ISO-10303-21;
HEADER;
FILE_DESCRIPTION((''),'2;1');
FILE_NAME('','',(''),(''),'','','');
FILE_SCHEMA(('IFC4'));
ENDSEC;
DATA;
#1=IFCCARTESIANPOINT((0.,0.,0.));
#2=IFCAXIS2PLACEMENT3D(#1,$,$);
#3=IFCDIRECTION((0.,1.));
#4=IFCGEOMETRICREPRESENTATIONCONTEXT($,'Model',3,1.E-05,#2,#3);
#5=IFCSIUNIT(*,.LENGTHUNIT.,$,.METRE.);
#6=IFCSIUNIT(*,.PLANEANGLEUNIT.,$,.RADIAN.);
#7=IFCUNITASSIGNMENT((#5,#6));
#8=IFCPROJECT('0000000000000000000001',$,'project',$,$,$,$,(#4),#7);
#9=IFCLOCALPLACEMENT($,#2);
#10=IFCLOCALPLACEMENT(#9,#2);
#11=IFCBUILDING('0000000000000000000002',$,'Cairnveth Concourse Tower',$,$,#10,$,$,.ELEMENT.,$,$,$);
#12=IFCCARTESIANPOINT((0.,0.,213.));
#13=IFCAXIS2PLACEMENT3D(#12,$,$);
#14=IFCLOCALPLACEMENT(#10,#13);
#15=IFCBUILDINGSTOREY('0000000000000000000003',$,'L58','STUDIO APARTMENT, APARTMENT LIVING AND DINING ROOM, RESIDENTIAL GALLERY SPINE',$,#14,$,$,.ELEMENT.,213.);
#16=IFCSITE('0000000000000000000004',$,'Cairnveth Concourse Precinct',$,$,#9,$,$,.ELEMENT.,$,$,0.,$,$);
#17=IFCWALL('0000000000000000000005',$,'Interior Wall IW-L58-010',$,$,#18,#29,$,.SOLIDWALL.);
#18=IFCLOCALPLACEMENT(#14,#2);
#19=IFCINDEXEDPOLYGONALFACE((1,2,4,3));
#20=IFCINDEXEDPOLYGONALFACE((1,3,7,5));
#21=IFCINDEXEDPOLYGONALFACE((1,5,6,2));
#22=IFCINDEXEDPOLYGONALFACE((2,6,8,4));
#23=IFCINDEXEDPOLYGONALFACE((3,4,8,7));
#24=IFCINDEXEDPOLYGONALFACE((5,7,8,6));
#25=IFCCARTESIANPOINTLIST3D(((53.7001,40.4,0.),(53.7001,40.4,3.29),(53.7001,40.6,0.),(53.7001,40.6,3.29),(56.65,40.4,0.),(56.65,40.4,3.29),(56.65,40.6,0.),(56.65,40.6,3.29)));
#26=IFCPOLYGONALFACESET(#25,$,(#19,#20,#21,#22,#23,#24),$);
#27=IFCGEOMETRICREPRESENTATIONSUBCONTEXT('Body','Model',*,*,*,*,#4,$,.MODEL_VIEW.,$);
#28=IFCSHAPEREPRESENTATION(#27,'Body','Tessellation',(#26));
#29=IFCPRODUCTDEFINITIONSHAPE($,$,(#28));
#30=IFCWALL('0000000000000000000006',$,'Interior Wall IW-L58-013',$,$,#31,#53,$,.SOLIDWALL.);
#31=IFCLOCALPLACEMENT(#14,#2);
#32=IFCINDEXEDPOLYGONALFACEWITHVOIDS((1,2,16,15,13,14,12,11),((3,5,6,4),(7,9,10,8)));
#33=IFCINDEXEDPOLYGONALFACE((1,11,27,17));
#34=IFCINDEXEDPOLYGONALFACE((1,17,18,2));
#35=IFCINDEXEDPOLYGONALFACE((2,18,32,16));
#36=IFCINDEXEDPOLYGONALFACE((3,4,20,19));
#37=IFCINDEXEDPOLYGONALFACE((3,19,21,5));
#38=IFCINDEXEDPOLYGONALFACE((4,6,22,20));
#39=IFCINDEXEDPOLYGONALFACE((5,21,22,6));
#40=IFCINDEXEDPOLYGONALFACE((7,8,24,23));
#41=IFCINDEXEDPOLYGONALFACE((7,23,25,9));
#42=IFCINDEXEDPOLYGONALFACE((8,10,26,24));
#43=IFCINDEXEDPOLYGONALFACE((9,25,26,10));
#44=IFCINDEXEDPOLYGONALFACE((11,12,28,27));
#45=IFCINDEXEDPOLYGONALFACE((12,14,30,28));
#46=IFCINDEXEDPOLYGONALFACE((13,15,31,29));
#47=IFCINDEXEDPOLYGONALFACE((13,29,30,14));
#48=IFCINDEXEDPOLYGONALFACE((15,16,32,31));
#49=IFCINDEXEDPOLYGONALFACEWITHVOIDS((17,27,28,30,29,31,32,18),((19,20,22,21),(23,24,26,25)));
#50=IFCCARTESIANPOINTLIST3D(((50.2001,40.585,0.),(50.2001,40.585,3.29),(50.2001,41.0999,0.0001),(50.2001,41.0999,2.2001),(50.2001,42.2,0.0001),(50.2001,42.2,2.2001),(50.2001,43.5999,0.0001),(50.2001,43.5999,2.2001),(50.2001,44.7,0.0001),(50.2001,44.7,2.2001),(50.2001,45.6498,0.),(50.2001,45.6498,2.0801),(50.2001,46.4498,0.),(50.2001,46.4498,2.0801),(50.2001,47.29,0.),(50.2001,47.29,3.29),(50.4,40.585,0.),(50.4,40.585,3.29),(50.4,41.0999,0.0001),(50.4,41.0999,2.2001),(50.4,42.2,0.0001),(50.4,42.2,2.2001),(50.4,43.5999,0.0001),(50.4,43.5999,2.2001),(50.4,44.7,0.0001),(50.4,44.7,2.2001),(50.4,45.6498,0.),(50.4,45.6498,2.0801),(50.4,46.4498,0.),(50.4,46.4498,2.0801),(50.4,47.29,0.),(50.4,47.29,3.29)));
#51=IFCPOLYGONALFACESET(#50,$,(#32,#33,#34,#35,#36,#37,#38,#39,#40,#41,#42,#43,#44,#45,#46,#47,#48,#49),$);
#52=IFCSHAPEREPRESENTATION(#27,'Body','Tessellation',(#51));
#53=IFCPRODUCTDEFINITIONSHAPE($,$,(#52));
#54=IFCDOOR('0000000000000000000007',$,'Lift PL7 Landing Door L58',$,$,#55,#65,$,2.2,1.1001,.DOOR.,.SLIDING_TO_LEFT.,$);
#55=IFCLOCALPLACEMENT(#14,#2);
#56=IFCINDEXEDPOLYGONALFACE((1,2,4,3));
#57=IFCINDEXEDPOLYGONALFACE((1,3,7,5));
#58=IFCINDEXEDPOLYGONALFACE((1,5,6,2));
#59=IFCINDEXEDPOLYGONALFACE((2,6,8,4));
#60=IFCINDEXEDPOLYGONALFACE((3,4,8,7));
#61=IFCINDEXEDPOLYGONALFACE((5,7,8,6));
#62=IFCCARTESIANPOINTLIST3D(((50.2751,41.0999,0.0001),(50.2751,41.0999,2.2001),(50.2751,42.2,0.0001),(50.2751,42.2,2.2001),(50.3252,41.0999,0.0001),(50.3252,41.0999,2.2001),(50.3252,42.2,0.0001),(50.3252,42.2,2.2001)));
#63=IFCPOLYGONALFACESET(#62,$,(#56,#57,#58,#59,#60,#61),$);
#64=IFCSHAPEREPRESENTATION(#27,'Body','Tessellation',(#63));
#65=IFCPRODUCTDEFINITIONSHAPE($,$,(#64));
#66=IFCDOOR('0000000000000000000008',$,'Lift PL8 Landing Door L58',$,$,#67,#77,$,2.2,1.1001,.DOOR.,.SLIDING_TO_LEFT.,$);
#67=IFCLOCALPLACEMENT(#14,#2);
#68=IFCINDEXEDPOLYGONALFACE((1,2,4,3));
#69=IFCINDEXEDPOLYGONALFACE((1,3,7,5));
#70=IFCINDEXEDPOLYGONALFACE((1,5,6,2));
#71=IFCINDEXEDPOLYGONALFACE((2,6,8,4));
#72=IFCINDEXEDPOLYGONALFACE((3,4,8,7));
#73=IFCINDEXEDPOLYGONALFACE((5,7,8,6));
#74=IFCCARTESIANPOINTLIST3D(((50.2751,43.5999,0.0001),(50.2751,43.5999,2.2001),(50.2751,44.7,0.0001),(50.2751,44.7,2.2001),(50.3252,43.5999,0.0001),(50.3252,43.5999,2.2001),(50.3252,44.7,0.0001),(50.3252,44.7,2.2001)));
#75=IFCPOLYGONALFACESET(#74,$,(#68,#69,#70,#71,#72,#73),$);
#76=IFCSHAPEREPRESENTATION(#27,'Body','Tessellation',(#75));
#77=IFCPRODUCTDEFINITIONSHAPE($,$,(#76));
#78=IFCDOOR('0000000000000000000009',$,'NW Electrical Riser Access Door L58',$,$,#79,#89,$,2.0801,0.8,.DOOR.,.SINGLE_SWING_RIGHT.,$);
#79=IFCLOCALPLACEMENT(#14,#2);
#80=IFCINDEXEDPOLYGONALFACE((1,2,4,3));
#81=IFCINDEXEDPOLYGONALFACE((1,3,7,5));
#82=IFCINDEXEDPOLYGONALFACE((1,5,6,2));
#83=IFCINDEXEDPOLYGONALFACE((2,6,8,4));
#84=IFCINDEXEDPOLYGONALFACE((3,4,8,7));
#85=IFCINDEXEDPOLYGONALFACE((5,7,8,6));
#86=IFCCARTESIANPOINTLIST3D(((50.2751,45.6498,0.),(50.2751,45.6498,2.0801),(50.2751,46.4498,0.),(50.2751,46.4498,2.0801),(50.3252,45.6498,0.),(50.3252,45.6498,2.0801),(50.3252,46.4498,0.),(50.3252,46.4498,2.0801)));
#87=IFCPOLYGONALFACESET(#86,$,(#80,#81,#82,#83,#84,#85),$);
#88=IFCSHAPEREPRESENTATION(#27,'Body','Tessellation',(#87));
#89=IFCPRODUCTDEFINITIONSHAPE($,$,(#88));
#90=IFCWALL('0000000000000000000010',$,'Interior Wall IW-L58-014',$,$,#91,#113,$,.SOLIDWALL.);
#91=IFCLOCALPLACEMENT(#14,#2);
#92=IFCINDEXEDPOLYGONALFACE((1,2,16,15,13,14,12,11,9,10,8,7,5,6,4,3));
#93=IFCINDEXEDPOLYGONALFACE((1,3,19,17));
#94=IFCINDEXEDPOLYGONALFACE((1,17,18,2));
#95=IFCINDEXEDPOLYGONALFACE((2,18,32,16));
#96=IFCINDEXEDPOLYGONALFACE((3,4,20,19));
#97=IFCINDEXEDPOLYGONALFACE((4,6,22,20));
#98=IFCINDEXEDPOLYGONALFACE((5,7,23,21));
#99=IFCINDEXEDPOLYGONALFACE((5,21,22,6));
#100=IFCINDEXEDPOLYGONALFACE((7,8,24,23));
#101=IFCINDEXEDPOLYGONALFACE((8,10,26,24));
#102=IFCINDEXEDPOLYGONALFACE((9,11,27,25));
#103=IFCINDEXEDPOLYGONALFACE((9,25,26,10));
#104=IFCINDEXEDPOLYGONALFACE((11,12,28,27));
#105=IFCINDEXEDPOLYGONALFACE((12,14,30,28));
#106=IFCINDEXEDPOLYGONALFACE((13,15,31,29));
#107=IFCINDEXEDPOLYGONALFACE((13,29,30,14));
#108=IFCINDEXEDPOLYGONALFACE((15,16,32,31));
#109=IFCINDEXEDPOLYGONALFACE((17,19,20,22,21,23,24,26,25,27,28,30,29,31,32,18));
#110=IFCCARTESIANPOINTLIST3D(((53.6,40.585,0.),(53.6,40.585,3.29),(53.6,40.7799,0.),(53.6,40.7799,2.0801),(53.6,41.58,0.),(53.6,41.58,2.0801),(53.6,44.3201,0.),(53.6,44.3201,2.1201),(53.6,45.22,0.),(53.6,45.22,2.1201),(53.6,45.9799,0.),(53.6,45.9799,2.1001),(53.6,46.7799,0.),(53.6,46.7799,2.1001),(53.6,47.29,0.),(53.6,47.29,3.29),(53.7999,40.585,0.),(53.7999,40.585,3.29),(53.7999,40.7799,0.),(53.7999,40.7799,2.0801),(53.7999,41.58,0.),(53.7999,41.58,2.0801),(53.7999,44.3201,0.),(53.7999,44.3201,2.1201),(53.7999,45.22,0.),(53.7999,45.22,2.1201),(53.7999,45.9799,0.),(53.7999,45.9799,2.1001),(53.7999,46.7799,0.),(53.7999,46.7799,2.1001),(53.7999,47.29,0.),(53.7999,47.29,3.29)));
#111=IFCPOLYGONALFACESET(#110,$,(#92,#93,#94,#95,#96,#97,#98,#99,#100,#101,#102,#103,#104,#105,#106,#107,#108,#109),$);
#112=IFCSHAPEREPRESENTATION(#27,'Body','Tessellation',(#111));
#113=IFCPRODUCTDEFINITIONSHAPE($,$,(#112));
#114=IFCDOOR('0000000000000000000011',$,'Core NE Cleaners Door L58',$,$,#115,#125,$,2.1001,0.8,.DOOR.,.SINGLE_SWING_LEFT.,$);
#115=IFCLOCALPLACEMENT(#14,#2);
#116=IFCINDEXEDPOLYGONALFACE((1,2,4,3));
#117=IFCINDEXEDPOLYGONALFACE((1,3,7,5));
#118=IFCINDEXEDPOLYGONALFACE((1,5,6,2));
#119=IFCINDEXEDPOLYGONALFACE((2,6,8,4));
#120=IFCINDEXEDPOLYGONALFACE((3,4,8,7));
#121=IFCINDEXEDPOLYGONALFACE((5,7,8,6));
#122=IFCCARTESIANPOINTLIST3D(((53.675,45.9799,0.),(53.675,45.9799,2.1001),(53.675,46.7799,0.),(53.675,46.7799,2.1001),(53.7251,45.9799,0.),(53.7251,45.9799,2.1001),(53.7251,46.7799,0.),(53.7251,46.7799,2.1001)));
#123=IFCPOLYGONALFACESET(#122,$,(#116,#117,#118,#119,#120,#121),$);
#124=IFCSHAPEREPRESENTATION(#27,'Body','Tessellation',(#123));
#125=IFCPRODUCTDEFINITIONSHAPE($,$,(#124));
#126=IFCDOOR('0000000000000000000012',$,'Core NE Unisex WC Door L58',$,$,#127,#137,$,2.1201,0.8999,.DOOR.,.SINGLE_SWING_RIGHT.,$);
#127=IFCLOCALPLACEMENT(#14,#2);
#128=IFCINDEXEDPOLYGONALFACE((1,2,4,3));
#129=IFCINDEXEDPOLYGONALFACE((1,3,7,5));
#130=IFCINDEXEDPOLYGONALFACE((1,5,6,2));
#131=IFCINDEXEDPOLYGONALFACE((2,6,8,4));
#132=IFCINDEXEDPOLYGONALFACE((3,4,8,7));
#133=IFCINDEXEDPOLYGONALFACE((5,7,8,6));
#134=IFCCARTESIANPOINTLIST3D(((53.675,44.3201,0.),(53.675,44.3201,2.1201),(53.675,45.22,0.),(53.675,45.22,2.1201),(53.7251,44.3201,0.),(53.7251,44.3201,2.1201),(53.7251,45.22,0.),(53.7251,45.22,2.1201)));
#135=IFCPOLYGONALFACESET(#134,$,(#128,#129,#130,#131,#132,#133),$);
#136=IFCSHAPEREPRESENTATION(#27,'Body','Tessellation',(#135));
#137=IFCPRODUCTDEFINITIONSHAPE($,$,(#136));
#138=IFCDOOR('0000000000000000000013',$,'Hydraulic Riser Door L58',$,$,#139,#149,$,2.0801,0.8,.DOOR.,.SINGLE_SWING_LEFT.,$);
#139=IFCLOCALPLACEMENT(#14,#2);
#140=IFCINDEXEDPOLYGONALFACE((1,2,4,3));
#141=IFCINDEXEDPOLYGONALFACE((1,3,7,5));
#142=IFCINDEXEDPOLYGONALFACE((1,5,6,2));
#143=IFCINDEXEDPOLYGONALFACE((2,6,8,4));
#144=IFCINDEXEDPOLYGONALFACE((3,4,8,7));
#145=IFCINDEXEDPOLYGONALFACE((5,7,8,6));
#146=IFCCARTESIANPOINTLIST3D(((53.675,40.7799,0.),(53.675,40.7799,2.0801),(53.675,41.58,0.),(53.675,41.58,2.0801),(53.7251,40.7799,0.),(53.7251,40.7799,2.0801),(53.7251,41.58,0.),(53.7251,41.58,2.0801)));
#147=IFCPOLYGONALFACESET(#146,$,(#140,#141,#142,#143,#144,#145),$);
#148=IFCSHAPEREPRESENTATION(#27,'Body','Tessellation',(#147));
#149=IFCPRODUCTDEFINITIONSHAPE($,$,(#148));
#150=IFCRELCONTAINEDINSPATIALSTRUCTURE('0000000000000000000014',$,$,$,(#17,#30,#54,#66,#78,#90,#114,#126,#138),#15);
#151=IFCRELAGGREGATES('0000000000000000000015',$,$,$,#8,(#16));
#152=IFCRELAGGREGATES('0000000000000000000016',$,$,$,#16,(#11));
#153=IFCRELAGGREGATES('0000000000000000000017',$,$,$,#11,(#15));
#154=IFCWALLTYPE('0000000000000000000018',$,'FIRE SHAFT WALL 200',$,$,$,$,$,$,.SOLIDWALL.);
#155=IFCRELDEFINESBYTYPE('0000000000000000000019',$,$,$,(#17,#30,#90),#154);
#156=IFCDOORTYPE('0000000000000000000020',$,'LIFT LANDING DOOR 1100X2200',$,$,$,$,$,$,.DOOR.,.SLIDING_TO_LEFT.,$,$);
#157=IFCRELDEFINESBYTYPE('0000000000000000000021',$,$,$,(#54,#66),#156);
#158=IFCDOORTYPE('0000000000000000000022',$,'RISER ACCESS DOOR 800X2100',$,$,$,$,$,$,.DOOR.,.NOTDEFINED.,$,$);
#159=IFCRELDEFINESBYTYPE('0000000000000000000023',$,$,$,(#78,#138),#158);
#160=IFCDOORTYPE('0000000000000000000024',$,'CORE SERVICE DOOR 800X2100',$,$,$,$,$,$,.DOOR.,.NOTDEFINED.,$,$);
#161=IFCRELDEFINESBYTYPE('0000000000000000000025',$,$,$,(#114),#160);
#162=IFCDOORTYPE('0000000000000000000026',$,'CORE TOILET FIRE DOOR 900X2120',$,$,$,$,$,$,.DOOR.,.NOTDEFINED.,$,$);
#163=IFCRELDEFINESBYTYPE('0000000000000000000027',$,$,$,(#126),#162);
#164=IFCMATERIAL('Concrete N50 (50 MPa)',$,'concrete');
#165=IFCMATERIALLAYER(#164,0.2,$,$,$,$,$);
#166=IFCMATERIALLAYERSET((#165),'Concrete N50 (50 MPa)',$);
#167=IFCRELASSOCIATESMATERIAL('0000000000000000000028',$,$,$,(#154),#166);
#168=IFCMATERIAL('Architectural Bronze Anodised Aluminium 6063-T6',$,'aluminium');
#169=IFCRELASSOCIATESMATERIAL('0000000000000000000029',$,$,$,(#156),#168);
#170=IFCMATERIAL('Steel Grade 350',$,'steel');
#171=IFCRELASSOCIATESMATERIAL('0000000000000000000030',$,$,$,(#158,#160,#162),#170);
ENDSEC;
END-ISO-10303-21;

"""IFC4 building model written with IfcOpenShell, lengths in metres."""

from ifc_helpers import new_model, si_unit, direction, frame, frame_2d, origin, place, context, subcontext, project, spatial, rectangle, extrude, material, layer, layer_set, type_object, element, fill, save


model = new_model("IFC4")

# Units and contexts
model_context = context("Model", 3, precision=1e-05, world=origin(), true_north=direction((0.0, 1.0)))
body_context = subcontext(model_context, "Body", "Model", "MODEL_VIEW")
ifc_project = project(units=[si_unit("LENGTHUNIT", "METRE"), si_unit("PLANEANGLEUNIT", "RADIAN")], contexts=[model_context])

# Site, building, storey
site_placement = place(None, origin())
site = spatial("IfcSite", under=ifc_project, at=site_placement, Name="Cairnveth Concourse Precinct", CompositionType="ELEMENT", RefElevation=0.0)
building_placement = place(site_placement, origin())
building = spatial("IfcBuilding", under=site, at=building_placement, Name="Cairnveth Concourse Tower", CompositionType="ELEMENT")
storey_placement = place(building_placement, frame((0.0, 0.0, 213.0)))
storey = spatial("IfcBuildingStorey", under=building, at=storey_placement, Name="L58", Description="STUDIO APARTMENT, APARTMENT LIVING AND DINING ROOM, RESIDENTIAL GALLERY SPINE", CompositionType="ELEMENT", Elevation=213.0)

# Shared definitions
ifc_material_1 = material(Name="Steel Grade 350", Category="steel")

# Wall
ifc_material_2 = material(Name="Concrete N50 (50 MPa)", Category="concrete")
ifc_layer_1 = layer(ifc_material_2, 0.2)
ifc_layer_set_1 = layer_set([ifc_layer_1], Name="Concrete N50 (50 MPa)")
wall_type_1 = type_object("IfcWallType", Name="FIRE SHAFT WALL 200", PredefinedType="SOLIDWALL", material=ifc_layer_set_1)
wall_1_placement = place(storey_placement, frame((53.7, 40.5, 0.0), z_axis=(0.0, 0.0, 1.0), x_axis=(1.0, 0.0, 0.0)))
element("IfcWall", 1, at=wall_1_placement, inside=storey, type_object=wall_type_1, Name="Interior Wall IW-L58-010", PredefinedType="SOLIDWALL", context=body_context, shape_type="SweptSolid", body=[
    extrude(rectangle(XDim=2.95, YDim=0.2, at=frame_2d((1.4751, 0.0))), origin(), (0.0, 0.0, 1.0), 3.29),
])

# Walls, openings, doors
wall_2_placement = place(storey_placement, frame((50.3, 40.585, 0.0), z_axis=(0.0, 0.0, 1.0), x_axis=(0.0, 1.0, 0.0)))
wall_2 = element("IfcWall", 2, at=wall_2_placement, inside=storey, type_object=wall_type_1, Name="Interior Wall IW-L58-013", PredefinedType="SOLIDWALL", context=body_context, shape_type="SweptSolid", body=[
    extrude(rectangle(XDim=6.7051, YDim=0.2, at=frame_2d((3.3525, 0.0))), origin(), (0.0, 0.0, 1.0), 3.29),
])
opening_1_placement = place(wall_2_placement, frame((0.5149, 0.0, 0.0)))
opening_1 = element("IfcOpeningElement", 3, at=opening_1_placement, cuts=wall_2, PredefinedType="OPENING", context=body_context, shape_type="SweptSolid", body=[
    extrude(rectangle(XDim=1.1001, YDim=2.2, at=frame_2d((0.55, 1.1001))), frame((0.0, 0.1099, 0.0), z_axis=(0.0, -1.0, 0.0), x_axis=(1.0, 0.0, 0.0)), (0.0, 0.0, 1.0), 0.22),
])
opening_2_placement = place(wall_2_placement, frame((3.0149, 0.0, 0.0)))
opening_2 = element("IfcOpeningElement", 4, at=opening_2_placement, cuts=wall_2, PredefinedType="OPENING", context=body_context, shape_type="SweptSolid", body=[
    extrude(rectangle(XDim=1.1001, YDim=2.2, at=frame_2d((0.55, 1.1001))), frame((0.0, 0.1099, 0.0), z_axis=(0.0, -1.0, 0.0), x_axis=(1.0, 0.0, 0.0)), (0.0, 0.0, 1.0), 0.22),
])
opening_3_placement = place(wall_2_placement, frame((5.0649, 0.0, 0.0)))
opening_3 = element("IfcOpeningElement", 5, at=opening_3_placement, cuts=wall_2, PredefinedType="OPENING", context=body_context, shape_type="SweptSolid", body=[
    extrude(rectangle(XDim=0.8, YDim=2.0801, at=frame_2d((0.3999, 1.04))), frame((0.0, 0.1099, 0.0), z_axis=(0.0, -1.0, 0.0), x_axis=(1.0, 0.0, 0.0)), (0.0, 0.0, 1.0), 0.22),
])
ifc_material_3 = material(Name="Architectural Bronze Anodised Aluminium 6063-T6", Category="aluminium")
door_type_1 = type_object("IfcDoorType", Name="LIFT LANDING DOOR 1100X2200", OperationType="SLIDING_TO_LEFT", PredefinedType="DOOR", material=ifc_material_3)
door_1_placement = place(opening_1_placement, origin())
door_1 = element("IfcDoor", 6, at=door_1_placement, inside=storey, type_object=door_type_1, Name="Lift PL7 Landing Door L58", OperationType="SLIDING_TO_LEFT", OverallHeight=2.2, OverallWidth=1.1001, PredefinedType="DOOR", context=body_context, shape_type="SweptSolid", body=[
    extrude(rectangle(XDim=1.1001, YDim=2.2, at=frame_2d((0.55, 1.1001))), frame((0.0, 0.0249, 0.0), z_axis=(0.0, -1.0, 0.0), x_axis=(1.0, 0.0, 0.0)), (0.0, 0.0, 1.0), 0.05),
])
fill(opening_1, door_1)
door_2_placement = place(opening_2_placement, origin())
door_2 = element("IfcDoor", 7, at=door_2_placement, inside=storey, type_object=door_type_1, Name="Lift PL8 Landing Door L58", OperationType="SLIDING_TO_LEFT", OverallHeight=2.2, OverallWidth=1.1001, PredefinedType="DOOR", context=body_context, shape_type="SweptSolid", body=[
    extrude(rectangle(XDim=1.1001, YDim=2.2, at=frame_2d((0.55, 1.1001))), frame((0.0, 0.0249, 0.0), z_axis=(0.0, -1.0, 0.0), x_axis=(1.0, 0.0, 0.0)), (0.0, 0.0, 1.0), 0.05),
])
fill(opening_2, door_2)
door_type_2 = type_object("IfcDoorType", Name="RISER ACCESS DOOR 800X2100", OperationType="NOTDEFINED", PredefinedType="DOOR", material=ifc_material_1)
door_3_placement = place(opening_3_placement, origin())
door_3 = element("IfcDoor", 8, at=door_3_placement, inside=storey, type_object=door_type_2, Name="NW Electrical Riser Access Door L58", OperationType="SINGLE_SWING_RIGHT", OverallHeight=2.0801, OverallWidth=0.8, PredefinedType="DOOR", context=body_context, shape_type="SweptSolid", body=[
    extrude(rectangle(XDim=0.8, YDim=2.0801, at=frame_2d((0.3999, 1.04))), frame((0.0, 0.0249, 0.0), z_axis=(0.0, -1.0, 0.0), x_axis=(1.0, 0.0, 0.0)), (0.0, 0.0, 1.0), 0.05),
])
fill(opening_3, door_3)
wall_3_placement = place(storey_placement, frame((53.7, 40.585, 0.0), z_axis=(0.0, 0.0, 1.0), x_axis=(0.0, 1.0, 0.0)))
wall_3 = element("IfcWall", 9, at=wall_3_placement, inside=storey, type_object=wall_type_1, Name="Interior Wall IW-L58-014", PredefinedType="SOLIDWALL", context=body_context, shape_type="SweptSolid", body=[
    extrude(rectangle(XDim=6.7051, YDim=0.2, at=frame_2d((3.3525, 0.0))), origin(), (0.0, 0.0, 1.0), 3.29),
])
opening_4_placement = place(wall_3_placement, frame((0.1951, 0.0, 0.0)))
opening_4 = element("IfcOpeningElement", 10, at=opening_4_placement, cuts=wall_3, PredefinedType="OPENING", context=body_context, shape_type="SweptSolid", body=[
    extrude(rectangle(XDim=0.8, YDim=2.0801, at=frame_2d((0.3999, 1.04))), frame((0.0, 0.1099, 0.0), z_axis=(0.0, -1.0, 0.0), x_axis=(1.0, 0.0, 0.0)), (0.0, 0.0, 1.0), 0.22),
])
opening_5_placement = place(wall_3_placement, frame((3.7351, 0.0, 0.0)))
opening_5 = element("IfcOpeningElement", 11, at=opening_5_placement, cuts=wall_3, PredefinedType="OPENING", context=body_context, shape_type="SweptSolid", body=[
    extrude(rectangle(XDim=0.8999, YDim=2.1201, at=frame_2d((0.45, 1.0601))), frame((0.0, 0.1099, 0.0), z_axis=(0.0, -1.0, 0.0), x_axis=(1.0, 0.0, 0.0)), (0.0, 0.0, 1.0), 0.22),
])
opening_6_placement = place(wall_3_placement, frame((5.395, 0.0, 0.0)))
opening_6 = element("IfcOpeningElement", 12, at=opening_6_placement, cuts=wall_3, PredefinedType="OPENING", context=body_context, shape_type="SweptSolid", body=[
    extrude(rectangle(XDim=0.8, YDim=2.1001, at=frame_2d((0.3999, 1.05))), frame((0.0, 0.1099, 0.0), z_axis=(0.0, -1.0, 0.0), x_axis=(1.0, 0.0, 0.0)), (0.0, 0.0, 1.0), 0.22),
])
door_type_3 = type_object("IfcDoorType", Name="CORE SERVICE DOOR 800X2100", OperationType="NOTDEFINED", PredefinedType="DOOR", material=ifc_material_1)
door_4_placement = place(opening_6_placement, origin())
door_4 = element("IfcDoor", 13, at=door_4_placement, inside=storey, type_object=door_type_3, Name="Core NE Cleaners Door L58", OperationType="SINGLE_SWING_LEFT", OverallHeight=2.1001, OverallWidth=0.8, PredefinedType="DOOR", context=body_context, shape_type="SweptSolid", body=[
    extrude(rectangle(XDim=0.8, YDim=2.1001, at=frame_2d((0.3999, 1.05))), frame((0.0, 0.0249, 0.0), z_axis=(0.0, -1.0, 0.0), x_axis=(1.0, 0.0, 0.0)), (0.0, 0.0, 1.0), 0.05),
])
fill(opening_6, door_4)
door_type_4 = type_object("IfcDoorType", Name="CORE TOILET FIRE DOOR 900X2120", OperationType="NOTDEFINED", PredefinedType="DOOR", material=ifc_material_1)
door_5_placement = place(opening_5_placement, origin())
door_5 = element("IfcDoor", 14, at=door_5_placement, inside=storey, type_object=door_type_4, Name="Core NE Unisex WC Door L58", OperationType="SINGLE_SWING_RIGHT", OverallHeight=2.1201, OverallWidth=0.8999, PredefinedType="DOOR", context=body_context, shape_type="SweptSolid", body=[
    extrude(rectangle(XDim=0.8999, YDim=2.1201, at=frame_2d((0.45, 1.0601))), frame((0.0, 0.0249, 0.0), z_axis=(0.0, -1.0, 0.0), x_axis=(1.0, 0.0, 0.0)), (0.0, 0.0, 1.0), 0.05),
])
fill(opening_5, door_5)
door_6_placement = place(opening_4_placement, origin())
door_6 = element("IfcDoor", 15, at=door_6_placement, inside=storey, type_object=door_type_2, Name="Hydraulic Riser Door L58", OperationType="SINGLE_SWING_LEFT", OverallHeight=2.0801, OverallWidth=0.8, PredefinedType="DOOR", context=body_context, shape_type="SweptSolid", body=[
    extrude(rectangle(XDim=0.8, YDim=2.0801, at=frame_2d((0.3999, 1.04))), frame((0.0, 0.0249, 0.0), z_axis=(0.0, -1.0, 0.0), x_axis=(1.0, 0.0, 0.0)), (0.0, 0.0, 1.0), 0.05),
])
fill(opening_4, door_6)

save(model, "model.ifc")
